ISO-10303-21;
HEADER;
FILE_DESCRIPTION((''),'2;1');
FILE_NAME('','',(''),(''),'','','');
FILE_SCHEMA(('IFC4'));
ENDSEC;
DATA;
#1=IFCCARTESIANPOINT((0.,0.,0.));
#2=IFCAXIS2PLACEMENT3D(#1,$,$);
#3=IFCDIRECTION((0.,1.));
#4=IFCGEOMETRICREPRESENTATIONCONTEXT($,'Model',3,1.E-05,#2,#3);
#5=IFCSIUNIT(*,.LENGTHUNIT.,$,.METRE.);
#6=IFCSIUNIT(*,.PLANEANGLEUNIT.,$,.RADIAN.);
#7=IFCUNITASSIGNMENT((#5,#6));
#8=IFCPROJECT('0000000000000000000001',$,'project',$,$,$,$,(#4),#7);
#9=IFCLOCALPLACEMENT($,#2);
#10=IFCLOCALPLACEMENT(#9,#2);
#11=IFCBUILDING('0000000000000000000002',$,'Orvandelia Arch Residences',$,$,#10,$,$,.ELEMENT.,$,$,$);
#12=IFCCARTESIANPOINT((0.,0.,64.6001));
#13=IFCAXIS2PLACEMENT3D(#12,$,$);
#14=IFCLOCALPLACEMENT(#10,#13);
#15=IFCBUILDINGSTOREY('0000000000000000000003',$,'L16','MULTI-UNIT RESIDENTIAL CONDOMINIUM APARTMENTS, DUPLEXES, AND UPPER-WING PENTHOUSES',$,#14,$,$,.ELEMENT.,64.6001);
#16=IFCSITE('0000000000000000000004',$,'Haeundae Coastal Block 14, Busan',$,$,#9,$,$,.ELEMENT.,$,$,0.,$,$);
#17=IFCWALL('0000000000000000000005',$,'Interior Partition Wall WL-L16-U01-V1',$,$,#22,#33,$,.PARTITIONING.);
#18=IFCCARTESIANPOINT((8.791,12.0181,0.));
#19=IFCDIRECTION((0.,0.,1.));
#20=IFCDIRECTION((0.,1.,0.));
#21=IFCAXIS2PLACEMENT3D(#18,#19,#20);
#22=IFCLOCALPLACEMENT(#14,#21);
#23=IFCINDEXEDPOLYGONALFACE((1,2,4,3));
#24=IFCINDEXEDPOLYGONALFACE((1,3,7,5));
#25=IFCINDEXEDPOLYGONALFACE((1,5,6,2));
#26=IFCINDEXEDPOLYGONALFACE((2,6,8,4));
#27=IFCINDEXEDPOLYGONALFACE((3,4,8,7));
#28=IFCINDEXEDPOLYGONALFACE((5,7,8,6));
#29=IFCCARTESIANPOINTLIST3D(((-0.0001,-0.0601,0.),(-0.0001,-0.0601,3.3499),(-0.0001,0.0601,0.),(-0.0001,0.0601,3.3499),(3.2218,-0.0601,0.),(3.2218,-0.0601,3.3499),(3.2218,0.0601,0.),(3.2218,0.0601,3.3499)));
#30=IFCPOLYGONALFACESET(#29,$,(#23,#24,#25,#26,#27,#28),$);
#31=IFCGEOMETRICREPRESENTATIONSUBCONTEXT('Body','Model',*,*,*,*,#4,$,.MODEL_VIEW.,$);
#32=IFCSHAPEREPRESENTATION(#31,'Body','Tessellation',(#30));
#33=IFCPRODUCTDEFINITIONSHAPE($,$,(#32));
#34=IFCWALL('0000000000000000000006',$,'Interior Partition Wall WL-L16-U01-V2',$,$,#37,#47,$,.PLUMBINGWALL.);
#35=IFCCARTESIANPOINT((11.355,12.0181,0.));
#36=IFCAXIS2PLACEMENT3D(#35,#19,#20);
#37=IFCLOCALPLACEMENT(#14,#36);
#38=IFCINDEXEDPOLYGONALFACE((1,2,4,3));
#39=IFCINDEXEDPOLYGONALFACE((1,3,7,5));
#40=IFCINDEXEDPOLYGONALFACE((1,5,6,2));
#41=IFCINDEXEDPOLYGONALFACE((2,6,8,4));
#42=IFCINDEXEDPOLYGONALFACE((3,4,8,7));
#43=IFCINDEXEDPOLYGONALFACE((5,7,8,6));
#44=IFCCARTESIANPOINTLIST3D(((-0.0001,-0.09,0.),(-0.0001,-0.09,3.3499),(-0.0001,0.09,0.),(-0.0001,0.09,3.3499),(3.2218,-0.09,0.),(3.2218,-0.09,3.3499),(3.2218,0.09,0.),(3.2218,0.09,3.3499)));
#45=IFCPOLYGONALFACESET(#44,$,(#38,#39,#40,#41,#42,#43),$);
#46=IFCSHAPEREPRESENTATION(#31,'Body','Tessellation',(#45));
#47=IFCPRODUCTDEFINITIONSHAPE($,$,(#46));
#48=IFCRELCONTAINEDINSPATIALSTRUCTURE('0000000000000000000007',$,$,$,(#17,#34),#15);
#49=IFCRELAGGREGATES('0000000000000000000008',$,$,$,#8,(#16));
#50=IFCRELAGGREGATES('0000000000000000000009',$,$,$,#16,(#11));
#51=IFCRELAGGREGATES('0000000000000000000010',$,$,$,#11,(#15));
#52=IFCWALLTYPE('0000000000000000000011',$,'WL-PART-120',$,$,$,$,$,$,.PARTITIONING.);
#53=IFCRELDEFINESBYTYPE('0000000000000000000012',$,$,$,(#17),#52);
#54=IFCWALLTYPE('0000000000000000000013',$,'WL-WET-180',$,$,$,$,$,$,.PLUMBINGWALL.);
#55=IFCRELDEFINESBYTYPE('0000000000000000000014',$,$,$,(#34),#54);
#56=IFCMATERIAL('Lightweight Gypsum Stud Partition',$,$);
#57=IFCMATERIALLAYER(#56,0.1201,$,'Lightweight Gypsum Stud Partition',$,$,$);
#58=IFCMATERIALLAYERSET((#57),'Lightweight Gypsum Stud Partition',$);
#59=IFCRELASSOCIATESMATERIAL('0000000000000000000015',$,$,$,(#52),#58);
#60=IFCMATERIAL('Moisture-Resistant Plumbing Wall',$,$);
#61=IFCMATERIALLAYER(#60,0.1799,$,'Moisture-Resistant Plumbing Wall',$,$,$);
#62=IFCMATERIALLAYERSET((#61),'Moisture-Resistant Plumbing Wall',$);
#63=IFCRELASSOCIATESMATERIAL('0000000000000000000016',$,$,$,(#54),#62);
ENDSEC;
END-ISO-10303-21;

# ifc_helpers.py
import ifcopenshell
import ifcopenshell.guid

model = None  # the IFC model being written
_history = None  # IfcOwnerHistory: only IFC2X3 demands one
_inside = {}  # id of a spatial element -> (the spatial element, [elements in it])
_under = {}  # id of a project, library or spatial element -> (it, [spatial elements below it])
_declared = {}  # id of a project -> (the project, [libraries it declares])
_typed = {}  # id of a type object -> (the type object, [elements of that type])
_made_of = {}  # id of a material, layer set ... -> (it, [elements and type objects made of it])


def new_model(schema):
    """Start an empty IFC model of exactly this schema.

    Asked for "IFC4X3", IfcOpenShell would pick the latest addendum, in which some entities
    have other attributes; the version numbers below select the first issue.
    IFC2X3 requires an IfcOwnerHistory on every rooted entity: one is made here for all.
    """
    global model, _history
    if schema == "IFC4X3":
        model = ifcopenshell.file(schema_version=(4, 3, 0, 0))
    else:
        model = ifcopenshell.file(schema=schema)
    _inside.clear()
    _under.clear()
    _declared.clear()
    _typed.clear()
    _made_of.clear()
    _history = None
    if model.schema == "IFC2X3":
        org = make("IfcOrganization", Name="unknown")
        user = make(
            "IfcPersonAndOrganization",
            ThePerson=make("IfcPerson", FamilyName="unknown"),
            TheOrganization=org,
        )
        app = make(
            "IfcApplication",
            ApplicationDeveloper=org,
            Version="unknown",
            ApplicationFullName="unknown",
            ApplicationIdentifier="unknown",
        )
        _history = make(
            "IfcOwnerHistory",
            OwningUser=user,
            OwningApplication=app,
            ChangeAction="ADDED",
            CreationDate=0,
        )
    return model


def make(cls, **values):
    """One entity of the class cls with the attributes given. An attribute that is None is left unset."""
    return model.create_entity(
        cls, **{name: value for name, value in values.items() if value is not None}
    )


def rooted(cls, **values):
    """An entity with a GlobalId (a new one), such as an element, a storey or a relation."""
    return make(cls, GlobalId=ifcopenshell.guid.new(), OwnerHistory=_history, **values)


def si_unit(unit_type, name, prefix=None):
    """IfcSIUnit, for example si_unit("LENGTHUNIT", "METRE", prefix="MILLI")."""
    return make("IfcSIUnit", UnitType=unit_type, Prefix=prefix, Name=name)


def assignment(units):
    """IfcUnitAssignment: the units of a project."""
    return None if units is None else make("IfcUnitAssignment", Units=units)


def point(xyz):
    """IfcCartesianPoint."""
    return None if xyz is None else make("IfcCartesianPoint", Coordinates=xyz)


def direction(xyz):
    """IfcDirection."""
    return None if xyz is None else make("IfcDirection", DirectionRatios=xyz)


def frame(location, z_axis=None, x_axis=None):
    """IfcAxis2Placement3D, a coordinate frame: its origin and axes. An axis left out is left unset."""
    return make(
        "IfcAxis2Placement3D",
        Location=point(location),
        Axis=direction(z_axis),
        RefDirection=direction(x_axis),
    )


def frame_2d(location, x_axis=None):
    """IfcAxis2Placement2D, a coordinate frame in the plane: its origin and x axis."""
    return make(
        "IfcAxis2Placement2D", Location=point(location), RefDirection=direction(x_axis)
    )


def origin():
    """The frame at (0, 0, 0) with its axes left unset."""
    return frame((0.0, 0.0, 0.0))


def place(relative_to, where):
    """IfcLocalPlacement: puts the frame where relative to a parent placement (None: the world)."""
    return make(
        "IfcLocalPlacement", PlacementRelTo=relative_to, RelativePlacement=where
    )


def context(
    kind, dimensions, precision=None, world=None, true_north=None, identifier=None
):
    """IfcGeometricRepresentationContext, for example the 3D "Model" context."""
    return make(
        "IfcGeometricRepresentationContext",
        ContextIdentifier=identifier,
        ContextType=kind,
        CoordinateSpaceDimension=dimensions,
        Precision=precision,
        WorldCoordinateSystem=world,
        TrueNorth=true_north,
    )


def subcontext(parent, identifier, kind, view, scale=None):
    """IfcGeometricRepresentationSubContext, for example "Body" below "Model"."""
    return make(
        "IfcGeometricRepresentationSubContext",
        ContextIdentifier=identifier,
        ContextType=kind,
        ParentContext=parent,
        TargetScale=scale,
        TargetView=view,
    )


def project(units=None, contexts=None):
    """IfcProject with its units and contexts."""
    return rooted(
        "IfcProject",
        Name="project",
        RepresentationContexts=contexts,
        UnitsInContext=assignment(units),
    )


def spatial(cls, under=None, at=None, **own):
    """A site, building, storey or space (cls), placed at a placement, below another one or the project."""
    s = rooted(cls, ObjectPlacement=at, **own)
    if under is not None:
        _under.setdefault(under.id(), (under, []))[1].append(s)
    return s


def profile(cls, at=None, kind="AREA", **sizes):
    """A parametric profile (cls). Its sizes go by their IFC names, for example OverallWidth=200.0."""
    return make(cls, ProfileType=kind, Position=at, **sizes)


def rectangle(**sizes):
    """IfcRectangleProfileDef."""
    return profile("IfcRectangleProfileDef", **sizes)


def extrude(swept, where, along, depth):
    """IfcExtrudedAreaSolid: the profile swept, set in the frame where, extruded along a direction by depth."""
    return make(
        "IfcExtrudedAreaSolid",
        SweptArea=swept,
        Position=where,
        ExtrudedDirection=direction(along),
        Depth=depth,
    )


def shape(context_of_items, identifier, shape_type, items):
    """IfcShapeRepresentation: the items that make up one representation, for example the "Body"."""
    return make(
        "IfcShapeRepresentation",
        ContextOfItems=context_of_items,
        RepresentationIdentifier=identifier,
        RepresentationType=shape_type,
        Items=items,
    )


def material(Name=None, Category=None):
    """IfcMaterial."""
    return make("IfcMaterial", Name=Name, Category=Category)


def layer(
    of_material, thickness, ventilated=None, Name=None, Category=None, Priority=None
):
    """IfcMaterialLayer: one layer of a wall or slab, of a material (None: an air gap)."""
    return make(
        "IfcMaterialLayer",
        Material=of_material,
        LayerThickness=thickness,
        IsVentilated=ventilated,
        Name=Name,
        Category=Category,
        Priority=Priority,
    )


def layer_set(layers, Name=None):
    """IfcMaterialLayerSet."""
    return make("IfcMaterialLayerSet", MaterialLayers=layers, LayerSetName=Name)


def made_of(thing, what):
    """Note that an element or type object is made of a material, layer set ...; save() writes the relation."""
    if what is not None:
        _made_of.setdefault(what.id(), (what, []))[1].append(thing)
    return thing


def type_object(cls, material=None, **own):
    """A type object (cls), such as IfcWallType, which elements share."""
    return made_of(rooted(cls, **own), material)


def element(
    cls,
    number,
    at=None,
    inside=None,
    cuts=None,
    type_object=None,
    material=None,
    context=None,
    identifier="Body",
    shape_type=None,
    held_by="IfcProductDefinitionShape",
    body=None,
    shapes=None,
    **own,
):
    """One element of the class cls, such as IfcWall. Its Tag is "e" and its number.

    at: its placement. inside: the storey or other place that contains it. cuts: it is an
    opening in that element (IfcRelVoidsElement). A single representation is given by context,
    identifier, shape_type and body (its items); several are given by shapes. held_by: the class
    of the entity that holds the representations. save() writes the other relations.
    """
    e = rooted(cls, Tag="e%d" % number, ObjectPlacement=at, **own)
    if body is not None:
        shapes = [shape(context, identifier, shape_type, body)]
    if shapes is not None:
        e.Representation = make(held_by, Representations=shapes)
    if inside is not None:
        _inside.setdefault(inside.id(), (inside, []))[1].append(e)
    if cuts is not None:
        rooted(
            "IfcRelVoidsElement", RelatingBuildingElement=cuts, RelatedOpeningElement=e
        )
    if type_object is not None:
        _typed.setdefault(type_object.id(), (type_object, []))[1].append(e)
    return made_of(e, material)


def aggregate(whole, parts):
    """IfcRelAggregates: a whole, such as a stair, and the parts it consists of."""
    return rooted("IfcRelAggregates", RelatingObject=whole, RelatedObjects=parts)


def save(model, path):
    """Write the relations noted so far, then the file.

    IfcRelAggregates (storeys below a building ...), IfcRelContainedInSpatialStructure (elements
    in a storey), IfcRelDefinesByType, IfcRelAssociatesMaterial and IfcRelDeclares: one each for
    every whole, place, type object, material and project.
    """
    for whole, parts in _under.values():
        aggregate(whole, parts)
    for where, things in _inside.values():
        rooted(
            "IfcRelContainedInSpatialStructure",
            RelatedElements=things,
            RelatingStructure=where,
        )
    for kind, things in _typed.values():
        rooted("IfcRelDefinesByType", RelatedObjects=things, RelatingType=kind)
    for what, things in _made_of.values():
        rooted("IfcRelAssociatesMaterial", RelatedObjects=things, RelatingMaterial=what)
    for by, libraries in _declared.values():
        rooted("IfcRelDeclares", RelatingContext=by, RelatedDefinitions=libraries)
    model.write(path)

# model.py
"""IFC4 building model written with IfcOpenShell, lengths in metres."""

from ifc_helpers import new_model, si_unit, direction, frame, frame_2d, origin, place, context, subcontext, project, spatial, rectangle, extrude, material, layer, layer_set, type_object, element, save


model = new_model("IFC4")

# Units and contexts
model_context = context("Model", 3, precision=1e-05, world=origin(), true_north=direction((0.0, 1.0)))
body_context = subcontext(model_context, "Body", "Model", "MODEL_VIEW")
ifc_project = project(units=[si_unit("LENGTHUNIT", "METRE"), si_unit("PLANEANGLEUNIT", "RADIAN")], contexts=[model_context])

# Site, building, storey
site_placement = place(None, origin())
site = spatial("IfcSite", under=ifc_project, at=site_placement, Name="Haeundae Coastal Block 14, Busan", CompositionType="ELEMENT", RefElevation=0.0)
building_placement = place(site_placement, origin())
building = spatial("IfcBuilding", under=site, at=building_placement, Name="Orvandelia Arch Residences", CompositionType="ELEMENT")
storey_placement = place(building_placement, frame((0.0, 0.0, 64.6001)))
storey = spatial("IfcBuildingStorey", under=building, at=storey_placement, Name="L16", Description="MULTI-UNIT RESIDENTIAL CONDOMINIUM APARTMENTS, DUPLEXES, AND UPPER-WING PENTHOUSES", CompositionType="ELEMENT", Elevation=64.6001)

# Walls
ifc_material_1 = material(Name="Lightweight Gypsum Stud Partition")
ifc_layer_1 = layer(ifc_material_1, 0.1201, Name="Lightweight Gypsum Stud Partition")
ifc_layer_set_1 = layer_set([ifc_layer_1], Name="Lightweight Gypsum Stud Partition")
wall_type_1 = type_object("IfcWallType", Name="WL-PART-120", PredefinedType="PARTITIONING", material=ifc_layer_set_1)
wall_1_placement = place(storey_placement, frame((8.791, 12.0181, 0.0), z_axis=(0.0, 0.0, 1.0), x_axis=(0.0, 1.0, 0.0)))
element("IfcWall", 1, at=wall_1_placement, inside=storey, type_object=wall_type_1, Name="Interior Partition Wall WL-L16-U01-V1", PredefinedType="PARTITIONING", context=body_context, shape_type="SweptSolid", body=[
    extrude(rectangle(XDim=3.2219, YDim=0.1201, at=frame_2d((1.6108, 0.0))), origin(), (0.0, 0.0, 1.0), 3.3499),
])
ifc_material_2 = material(Name="Moisture-Resistant Plumbing Wall")
ifc_layer_2 = layer(ifc_material_2, 0.1799, Name="Moisture-Resistant Plumbing Wall")
ifc_layer_set_2 = layer_set([ifc_layer_2], Name="Moisture-Resistant Plumbing Wall")
wall_type_2 = type_object("IfcWallType", Name="WL-WET-180", PredefinedType="PLUMBINGWALL", material=ifc_layer_set_2)
wall_2_placement = place(storey_placement, frame((11.355, 12.0181, 0.0), z_axis=(0.0, 0.0, 1.0), x_axis=(0.0, 1.0, 0.0)))
element("IfcWall", 2, at=wall_2_placement, inside=storey, type_object=wall_type_2, Name="Interior Partition Wall WL-L16-U01-V2", PredefinedType="PLUMBINGWALL", context=body_context, shape_type="SweptSolid", body=[
    extrude(rectangle(XDim=3.2219, YDim=0.1799, at=frame_2d((1.6108, 0.0))), origin(), (0.0, 0.0, 1.0), 3.3499),
])

save(model, "model.ifc")
